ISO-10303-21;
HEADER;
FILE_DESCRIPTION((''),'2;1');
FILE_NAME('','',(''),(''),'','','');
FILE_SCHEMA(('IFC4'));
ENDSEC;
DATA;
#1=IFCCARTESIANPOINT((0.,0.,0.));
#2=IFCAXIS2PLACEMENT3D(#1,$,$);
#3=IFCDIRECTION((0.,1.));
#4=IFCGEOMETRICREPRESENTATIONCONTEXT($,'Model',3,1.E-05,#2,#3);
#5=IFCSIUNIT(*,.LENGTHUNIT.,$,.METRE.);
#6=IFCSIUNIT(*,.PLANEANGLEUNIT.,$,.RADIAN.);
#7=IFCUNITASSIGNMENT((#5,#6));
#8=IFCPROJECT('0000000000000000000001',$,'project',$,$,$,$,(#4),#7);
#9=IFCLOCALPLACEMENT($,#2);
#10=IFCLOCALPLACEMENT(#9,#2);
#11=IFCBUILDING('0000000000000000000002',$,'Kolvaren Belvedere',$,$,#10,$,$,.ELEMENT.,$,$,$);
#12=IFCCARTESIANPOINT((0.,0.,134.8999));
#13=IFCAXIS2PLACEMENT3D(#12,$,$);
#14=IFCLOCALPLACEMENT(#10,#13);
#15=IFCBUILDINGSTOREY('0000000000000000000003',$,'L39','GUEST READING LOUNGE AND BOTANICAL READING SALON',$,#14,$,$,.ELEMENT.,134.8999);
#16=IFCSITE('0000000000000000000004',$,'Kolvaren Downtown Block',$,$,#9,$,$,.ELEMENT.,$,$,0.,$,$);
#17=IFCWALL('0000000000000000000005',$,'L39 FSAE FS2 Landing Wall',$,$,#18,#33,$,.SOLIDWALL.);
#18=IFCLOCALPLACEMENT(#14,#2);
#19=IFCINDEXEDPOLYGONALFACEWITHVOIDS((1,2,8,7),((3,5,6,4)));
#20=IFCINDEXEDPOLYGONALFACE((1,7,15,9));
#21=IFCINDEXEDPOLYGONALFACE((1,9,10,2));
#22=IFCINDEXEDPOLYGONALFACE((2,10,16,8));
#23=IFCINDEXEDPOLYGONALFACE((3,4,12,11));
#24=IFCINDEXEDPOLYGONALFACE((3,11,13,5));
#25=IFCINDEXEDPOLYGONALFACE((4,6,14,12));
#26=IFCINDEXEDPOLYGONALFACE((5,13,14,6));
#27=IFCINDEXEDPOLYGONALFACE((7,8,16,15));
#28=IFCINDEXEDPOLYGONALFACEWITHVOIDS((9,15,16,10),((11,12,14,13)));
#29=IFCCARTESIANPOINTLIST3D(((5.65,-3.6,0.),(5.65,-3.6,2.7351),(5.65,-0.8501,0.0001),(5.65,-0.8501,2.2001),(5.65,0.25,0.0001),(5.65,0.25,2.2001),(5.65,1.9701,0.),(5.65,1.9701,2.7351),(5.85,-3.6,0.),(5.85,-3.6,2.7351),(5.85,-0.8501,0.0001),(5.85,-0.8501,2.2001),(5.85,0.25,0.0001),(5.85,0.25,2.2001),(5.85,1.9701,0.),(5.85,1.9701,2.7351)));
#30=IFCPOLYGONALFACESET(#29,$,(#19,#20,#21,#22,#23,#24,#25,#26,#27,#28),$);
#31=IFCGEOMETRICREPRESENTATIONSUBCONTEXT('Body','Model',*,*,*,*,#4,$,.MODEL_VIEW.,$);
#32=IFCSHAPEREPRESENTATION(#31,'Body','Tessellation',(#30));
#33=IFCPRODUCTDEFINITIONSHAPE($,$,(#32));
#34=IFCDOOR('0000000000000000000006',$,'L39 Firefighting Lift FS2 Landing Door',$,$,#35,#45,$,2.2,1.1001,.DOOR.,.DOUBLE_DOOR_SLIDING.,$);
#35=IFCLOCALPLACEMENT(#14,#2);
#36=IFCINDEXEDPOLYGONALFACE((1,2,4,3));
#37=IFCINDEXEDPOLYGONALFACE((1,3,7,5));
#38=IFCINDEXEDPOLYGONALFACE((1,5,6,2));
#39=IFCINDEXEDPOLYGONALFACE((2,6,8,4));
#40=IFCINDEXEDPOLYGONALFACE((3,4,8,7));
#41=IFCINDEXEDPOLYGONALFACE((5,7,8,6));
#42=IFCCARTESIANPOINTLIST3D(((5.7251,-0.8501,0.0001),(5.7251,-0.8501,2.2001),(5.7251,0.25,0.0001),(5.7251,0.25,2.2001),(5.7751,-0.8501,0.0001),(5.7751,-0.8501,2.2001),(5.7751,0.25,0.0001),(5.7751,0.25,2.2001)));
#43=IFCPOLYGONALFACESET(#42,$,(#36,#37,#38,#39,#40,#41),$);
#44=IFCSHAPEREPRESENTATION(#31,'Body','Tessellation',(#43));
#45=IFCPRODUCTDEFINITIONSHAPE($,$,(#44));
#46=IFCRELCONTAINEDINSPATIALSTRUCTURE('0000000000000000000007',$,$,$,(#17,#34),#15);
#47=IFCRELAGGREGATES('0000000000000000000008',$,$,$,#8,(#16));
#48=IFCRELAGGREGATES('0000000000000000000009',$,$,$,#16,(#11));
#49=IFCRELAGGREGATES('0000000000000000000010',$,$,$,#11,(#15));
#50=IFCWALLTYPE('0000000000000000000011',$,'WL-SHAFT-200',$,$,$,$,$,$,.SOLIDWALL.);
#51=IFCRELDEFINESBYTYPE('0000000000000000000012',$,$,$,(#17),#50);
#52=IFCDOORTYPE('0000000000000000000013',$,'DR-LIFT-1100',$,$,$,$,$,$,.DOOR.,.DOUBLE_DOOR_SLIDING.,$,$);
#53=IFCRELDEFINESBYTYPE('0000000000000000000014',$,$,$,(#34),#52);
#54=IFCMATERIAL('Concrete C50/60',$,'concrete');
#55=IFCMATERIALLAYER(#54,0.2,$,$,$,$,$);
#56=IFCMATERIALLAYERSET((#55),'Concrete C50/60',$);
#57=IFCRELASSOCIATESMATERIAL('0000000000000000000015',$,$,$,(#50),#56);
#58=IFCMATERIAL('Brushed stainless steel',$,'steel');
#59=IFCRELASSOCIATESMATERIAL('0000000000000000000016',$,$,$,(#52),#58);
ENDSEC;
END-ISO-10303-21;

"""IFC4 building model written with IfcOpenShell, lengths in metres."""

from ifc_helpers import new_model, si_unit, direction, frame, frame_2d, origin, place, context, subcontext, project, spatial, rectangle, extrude, material, layer, layer_set, type_object, element, fill, save


model = new_model("IFC4")

# Units and contexts
model_context = context("Model", 3, precision=1e-05, world=origin(), true_north=direction((0.0, 1.0)))
body_context = subcontext(model_context, "Body", "Model", "MODEL_VIEW")
ifc_project = project(units=[si_unit("LENGTHUNIT", "METRE"), si_unit("PLANEANGLEUNIT", "RADIAN")], contexts=[model_context])

# Site, building, storey
site_placement = place(None, origin())
site = spatial("IfcSite", under=ifc_project, at=site_placement, Name="Kolvaren Downtown Block", CompositionType="ELEMENT", RefElevation=0.0)
building_placement = place(site_placement, origin())
building = spatial("IfcBuilding", under=site, at=building_placement, Name="Kolvaren Belvedere", CompositionType="ELEMENT")
storey_placement = place(building_placement, frame((0.0, 0.0, 134.8999)))
storey = spatial("IfcBuildingStorey", under=building, at=storey_placement, Name="L39", Description="GUEST READING LOUNGE AND BOTANICAL READING SALON", CompositionType="ELEMENT", Elevation=134.8999)

# Wall, opening, door
ifc_material_1 = material(Name="Concrete C50/60", Category="concrete")
ifc_layer_1 = layer(ifc_material_1, 0.2)
ifc_layer_set_1 = layer_set([ifc_layer_1], Name="Concrete C50/60")
wall_type_1 = type_object("IfcWallType", Name="WL-SHAFT-200", PredefinedType="SOLIDWALL", material=ifc_layer_set_1)
wall_1_placement = place(storey_placement, frame((5.75, -3.6001, 0.0), z_axis=(0.0, 0.0, 1.0), x_axis=(0.0, 1.0, 0.0)))
wall_1 = element("IfcWall", 1, at=wall_1_placement, inside=storey, type_object=wall_type_1, Name="L39 FSAE FS2 Landing Wall", PredefinedType="SOLIDWALL", context=body_context, shape_type="SweptSolid", body=[
    extrude(rectangle(XDim=5.5701, YDim=0.2, at=frame_2d((2.7852, 0.0))), origin(), (0.0, 0.0, 1.0), 2.7351),
])
opening_1_placement = place(wall_1_placement, frame((2.75, 0.0, 0.0)))
opening_1 = element("IfcOpeningElement", 2, at=opening_1_placement, cuts=wall_1, PredefinedType="OPENING", context=body_context, shape_type="SweptSolid", body=[
    extrude(rectangle(XDim=1.1001, YDim=2.2, at=frame_2d((0.55, 1.1001))), frame((0.0, 0.1099, 0.0), z_axis=(0.0, -1.0, 0.0), x_axis=(1.0, 0.0, 0.0)), (0.0, 0.0, 1.0), 0.22),
])
ifc_material_2 = material(Name="Brushed stainless steel", Category="steel")
door_type_1 = type_object("IfcDoorType", Name="DR-LIFT-1100", OperationType="DOUBLE_DOOR_SLIDING", PredefinedType="DOOR", material=ifc_material_2)
door_1_placement = place(opening_1_placement, origin())
door_1 = element("IfcDoor", 3, at=door_1_placement, inside=storey, type_object=door_type_1, Name="L39 Firefighting Lift FS2 Landing Door", OperationType="DOUBLE_DOOR_SLIDING", OverallHeight=2.2, OverallWidth=1.1001, PredefinedType="DOOR", context=body_context, shape_type="SweptSolid", body=[
    extrude(rectangle(XDim=1.1001, YDim=2.2, at=frame_2d((0.55, 1.1001))), frame((0.0, 0.0249, 0.0), z_axis=(0.0, -1.0, 0.0), x_axis=(1.0, 0.0, 0.0)), (0.0, 0.0, 1.0), 0.05),
])
fill(opening_1, door_1)

save(model, "model.ifc")
